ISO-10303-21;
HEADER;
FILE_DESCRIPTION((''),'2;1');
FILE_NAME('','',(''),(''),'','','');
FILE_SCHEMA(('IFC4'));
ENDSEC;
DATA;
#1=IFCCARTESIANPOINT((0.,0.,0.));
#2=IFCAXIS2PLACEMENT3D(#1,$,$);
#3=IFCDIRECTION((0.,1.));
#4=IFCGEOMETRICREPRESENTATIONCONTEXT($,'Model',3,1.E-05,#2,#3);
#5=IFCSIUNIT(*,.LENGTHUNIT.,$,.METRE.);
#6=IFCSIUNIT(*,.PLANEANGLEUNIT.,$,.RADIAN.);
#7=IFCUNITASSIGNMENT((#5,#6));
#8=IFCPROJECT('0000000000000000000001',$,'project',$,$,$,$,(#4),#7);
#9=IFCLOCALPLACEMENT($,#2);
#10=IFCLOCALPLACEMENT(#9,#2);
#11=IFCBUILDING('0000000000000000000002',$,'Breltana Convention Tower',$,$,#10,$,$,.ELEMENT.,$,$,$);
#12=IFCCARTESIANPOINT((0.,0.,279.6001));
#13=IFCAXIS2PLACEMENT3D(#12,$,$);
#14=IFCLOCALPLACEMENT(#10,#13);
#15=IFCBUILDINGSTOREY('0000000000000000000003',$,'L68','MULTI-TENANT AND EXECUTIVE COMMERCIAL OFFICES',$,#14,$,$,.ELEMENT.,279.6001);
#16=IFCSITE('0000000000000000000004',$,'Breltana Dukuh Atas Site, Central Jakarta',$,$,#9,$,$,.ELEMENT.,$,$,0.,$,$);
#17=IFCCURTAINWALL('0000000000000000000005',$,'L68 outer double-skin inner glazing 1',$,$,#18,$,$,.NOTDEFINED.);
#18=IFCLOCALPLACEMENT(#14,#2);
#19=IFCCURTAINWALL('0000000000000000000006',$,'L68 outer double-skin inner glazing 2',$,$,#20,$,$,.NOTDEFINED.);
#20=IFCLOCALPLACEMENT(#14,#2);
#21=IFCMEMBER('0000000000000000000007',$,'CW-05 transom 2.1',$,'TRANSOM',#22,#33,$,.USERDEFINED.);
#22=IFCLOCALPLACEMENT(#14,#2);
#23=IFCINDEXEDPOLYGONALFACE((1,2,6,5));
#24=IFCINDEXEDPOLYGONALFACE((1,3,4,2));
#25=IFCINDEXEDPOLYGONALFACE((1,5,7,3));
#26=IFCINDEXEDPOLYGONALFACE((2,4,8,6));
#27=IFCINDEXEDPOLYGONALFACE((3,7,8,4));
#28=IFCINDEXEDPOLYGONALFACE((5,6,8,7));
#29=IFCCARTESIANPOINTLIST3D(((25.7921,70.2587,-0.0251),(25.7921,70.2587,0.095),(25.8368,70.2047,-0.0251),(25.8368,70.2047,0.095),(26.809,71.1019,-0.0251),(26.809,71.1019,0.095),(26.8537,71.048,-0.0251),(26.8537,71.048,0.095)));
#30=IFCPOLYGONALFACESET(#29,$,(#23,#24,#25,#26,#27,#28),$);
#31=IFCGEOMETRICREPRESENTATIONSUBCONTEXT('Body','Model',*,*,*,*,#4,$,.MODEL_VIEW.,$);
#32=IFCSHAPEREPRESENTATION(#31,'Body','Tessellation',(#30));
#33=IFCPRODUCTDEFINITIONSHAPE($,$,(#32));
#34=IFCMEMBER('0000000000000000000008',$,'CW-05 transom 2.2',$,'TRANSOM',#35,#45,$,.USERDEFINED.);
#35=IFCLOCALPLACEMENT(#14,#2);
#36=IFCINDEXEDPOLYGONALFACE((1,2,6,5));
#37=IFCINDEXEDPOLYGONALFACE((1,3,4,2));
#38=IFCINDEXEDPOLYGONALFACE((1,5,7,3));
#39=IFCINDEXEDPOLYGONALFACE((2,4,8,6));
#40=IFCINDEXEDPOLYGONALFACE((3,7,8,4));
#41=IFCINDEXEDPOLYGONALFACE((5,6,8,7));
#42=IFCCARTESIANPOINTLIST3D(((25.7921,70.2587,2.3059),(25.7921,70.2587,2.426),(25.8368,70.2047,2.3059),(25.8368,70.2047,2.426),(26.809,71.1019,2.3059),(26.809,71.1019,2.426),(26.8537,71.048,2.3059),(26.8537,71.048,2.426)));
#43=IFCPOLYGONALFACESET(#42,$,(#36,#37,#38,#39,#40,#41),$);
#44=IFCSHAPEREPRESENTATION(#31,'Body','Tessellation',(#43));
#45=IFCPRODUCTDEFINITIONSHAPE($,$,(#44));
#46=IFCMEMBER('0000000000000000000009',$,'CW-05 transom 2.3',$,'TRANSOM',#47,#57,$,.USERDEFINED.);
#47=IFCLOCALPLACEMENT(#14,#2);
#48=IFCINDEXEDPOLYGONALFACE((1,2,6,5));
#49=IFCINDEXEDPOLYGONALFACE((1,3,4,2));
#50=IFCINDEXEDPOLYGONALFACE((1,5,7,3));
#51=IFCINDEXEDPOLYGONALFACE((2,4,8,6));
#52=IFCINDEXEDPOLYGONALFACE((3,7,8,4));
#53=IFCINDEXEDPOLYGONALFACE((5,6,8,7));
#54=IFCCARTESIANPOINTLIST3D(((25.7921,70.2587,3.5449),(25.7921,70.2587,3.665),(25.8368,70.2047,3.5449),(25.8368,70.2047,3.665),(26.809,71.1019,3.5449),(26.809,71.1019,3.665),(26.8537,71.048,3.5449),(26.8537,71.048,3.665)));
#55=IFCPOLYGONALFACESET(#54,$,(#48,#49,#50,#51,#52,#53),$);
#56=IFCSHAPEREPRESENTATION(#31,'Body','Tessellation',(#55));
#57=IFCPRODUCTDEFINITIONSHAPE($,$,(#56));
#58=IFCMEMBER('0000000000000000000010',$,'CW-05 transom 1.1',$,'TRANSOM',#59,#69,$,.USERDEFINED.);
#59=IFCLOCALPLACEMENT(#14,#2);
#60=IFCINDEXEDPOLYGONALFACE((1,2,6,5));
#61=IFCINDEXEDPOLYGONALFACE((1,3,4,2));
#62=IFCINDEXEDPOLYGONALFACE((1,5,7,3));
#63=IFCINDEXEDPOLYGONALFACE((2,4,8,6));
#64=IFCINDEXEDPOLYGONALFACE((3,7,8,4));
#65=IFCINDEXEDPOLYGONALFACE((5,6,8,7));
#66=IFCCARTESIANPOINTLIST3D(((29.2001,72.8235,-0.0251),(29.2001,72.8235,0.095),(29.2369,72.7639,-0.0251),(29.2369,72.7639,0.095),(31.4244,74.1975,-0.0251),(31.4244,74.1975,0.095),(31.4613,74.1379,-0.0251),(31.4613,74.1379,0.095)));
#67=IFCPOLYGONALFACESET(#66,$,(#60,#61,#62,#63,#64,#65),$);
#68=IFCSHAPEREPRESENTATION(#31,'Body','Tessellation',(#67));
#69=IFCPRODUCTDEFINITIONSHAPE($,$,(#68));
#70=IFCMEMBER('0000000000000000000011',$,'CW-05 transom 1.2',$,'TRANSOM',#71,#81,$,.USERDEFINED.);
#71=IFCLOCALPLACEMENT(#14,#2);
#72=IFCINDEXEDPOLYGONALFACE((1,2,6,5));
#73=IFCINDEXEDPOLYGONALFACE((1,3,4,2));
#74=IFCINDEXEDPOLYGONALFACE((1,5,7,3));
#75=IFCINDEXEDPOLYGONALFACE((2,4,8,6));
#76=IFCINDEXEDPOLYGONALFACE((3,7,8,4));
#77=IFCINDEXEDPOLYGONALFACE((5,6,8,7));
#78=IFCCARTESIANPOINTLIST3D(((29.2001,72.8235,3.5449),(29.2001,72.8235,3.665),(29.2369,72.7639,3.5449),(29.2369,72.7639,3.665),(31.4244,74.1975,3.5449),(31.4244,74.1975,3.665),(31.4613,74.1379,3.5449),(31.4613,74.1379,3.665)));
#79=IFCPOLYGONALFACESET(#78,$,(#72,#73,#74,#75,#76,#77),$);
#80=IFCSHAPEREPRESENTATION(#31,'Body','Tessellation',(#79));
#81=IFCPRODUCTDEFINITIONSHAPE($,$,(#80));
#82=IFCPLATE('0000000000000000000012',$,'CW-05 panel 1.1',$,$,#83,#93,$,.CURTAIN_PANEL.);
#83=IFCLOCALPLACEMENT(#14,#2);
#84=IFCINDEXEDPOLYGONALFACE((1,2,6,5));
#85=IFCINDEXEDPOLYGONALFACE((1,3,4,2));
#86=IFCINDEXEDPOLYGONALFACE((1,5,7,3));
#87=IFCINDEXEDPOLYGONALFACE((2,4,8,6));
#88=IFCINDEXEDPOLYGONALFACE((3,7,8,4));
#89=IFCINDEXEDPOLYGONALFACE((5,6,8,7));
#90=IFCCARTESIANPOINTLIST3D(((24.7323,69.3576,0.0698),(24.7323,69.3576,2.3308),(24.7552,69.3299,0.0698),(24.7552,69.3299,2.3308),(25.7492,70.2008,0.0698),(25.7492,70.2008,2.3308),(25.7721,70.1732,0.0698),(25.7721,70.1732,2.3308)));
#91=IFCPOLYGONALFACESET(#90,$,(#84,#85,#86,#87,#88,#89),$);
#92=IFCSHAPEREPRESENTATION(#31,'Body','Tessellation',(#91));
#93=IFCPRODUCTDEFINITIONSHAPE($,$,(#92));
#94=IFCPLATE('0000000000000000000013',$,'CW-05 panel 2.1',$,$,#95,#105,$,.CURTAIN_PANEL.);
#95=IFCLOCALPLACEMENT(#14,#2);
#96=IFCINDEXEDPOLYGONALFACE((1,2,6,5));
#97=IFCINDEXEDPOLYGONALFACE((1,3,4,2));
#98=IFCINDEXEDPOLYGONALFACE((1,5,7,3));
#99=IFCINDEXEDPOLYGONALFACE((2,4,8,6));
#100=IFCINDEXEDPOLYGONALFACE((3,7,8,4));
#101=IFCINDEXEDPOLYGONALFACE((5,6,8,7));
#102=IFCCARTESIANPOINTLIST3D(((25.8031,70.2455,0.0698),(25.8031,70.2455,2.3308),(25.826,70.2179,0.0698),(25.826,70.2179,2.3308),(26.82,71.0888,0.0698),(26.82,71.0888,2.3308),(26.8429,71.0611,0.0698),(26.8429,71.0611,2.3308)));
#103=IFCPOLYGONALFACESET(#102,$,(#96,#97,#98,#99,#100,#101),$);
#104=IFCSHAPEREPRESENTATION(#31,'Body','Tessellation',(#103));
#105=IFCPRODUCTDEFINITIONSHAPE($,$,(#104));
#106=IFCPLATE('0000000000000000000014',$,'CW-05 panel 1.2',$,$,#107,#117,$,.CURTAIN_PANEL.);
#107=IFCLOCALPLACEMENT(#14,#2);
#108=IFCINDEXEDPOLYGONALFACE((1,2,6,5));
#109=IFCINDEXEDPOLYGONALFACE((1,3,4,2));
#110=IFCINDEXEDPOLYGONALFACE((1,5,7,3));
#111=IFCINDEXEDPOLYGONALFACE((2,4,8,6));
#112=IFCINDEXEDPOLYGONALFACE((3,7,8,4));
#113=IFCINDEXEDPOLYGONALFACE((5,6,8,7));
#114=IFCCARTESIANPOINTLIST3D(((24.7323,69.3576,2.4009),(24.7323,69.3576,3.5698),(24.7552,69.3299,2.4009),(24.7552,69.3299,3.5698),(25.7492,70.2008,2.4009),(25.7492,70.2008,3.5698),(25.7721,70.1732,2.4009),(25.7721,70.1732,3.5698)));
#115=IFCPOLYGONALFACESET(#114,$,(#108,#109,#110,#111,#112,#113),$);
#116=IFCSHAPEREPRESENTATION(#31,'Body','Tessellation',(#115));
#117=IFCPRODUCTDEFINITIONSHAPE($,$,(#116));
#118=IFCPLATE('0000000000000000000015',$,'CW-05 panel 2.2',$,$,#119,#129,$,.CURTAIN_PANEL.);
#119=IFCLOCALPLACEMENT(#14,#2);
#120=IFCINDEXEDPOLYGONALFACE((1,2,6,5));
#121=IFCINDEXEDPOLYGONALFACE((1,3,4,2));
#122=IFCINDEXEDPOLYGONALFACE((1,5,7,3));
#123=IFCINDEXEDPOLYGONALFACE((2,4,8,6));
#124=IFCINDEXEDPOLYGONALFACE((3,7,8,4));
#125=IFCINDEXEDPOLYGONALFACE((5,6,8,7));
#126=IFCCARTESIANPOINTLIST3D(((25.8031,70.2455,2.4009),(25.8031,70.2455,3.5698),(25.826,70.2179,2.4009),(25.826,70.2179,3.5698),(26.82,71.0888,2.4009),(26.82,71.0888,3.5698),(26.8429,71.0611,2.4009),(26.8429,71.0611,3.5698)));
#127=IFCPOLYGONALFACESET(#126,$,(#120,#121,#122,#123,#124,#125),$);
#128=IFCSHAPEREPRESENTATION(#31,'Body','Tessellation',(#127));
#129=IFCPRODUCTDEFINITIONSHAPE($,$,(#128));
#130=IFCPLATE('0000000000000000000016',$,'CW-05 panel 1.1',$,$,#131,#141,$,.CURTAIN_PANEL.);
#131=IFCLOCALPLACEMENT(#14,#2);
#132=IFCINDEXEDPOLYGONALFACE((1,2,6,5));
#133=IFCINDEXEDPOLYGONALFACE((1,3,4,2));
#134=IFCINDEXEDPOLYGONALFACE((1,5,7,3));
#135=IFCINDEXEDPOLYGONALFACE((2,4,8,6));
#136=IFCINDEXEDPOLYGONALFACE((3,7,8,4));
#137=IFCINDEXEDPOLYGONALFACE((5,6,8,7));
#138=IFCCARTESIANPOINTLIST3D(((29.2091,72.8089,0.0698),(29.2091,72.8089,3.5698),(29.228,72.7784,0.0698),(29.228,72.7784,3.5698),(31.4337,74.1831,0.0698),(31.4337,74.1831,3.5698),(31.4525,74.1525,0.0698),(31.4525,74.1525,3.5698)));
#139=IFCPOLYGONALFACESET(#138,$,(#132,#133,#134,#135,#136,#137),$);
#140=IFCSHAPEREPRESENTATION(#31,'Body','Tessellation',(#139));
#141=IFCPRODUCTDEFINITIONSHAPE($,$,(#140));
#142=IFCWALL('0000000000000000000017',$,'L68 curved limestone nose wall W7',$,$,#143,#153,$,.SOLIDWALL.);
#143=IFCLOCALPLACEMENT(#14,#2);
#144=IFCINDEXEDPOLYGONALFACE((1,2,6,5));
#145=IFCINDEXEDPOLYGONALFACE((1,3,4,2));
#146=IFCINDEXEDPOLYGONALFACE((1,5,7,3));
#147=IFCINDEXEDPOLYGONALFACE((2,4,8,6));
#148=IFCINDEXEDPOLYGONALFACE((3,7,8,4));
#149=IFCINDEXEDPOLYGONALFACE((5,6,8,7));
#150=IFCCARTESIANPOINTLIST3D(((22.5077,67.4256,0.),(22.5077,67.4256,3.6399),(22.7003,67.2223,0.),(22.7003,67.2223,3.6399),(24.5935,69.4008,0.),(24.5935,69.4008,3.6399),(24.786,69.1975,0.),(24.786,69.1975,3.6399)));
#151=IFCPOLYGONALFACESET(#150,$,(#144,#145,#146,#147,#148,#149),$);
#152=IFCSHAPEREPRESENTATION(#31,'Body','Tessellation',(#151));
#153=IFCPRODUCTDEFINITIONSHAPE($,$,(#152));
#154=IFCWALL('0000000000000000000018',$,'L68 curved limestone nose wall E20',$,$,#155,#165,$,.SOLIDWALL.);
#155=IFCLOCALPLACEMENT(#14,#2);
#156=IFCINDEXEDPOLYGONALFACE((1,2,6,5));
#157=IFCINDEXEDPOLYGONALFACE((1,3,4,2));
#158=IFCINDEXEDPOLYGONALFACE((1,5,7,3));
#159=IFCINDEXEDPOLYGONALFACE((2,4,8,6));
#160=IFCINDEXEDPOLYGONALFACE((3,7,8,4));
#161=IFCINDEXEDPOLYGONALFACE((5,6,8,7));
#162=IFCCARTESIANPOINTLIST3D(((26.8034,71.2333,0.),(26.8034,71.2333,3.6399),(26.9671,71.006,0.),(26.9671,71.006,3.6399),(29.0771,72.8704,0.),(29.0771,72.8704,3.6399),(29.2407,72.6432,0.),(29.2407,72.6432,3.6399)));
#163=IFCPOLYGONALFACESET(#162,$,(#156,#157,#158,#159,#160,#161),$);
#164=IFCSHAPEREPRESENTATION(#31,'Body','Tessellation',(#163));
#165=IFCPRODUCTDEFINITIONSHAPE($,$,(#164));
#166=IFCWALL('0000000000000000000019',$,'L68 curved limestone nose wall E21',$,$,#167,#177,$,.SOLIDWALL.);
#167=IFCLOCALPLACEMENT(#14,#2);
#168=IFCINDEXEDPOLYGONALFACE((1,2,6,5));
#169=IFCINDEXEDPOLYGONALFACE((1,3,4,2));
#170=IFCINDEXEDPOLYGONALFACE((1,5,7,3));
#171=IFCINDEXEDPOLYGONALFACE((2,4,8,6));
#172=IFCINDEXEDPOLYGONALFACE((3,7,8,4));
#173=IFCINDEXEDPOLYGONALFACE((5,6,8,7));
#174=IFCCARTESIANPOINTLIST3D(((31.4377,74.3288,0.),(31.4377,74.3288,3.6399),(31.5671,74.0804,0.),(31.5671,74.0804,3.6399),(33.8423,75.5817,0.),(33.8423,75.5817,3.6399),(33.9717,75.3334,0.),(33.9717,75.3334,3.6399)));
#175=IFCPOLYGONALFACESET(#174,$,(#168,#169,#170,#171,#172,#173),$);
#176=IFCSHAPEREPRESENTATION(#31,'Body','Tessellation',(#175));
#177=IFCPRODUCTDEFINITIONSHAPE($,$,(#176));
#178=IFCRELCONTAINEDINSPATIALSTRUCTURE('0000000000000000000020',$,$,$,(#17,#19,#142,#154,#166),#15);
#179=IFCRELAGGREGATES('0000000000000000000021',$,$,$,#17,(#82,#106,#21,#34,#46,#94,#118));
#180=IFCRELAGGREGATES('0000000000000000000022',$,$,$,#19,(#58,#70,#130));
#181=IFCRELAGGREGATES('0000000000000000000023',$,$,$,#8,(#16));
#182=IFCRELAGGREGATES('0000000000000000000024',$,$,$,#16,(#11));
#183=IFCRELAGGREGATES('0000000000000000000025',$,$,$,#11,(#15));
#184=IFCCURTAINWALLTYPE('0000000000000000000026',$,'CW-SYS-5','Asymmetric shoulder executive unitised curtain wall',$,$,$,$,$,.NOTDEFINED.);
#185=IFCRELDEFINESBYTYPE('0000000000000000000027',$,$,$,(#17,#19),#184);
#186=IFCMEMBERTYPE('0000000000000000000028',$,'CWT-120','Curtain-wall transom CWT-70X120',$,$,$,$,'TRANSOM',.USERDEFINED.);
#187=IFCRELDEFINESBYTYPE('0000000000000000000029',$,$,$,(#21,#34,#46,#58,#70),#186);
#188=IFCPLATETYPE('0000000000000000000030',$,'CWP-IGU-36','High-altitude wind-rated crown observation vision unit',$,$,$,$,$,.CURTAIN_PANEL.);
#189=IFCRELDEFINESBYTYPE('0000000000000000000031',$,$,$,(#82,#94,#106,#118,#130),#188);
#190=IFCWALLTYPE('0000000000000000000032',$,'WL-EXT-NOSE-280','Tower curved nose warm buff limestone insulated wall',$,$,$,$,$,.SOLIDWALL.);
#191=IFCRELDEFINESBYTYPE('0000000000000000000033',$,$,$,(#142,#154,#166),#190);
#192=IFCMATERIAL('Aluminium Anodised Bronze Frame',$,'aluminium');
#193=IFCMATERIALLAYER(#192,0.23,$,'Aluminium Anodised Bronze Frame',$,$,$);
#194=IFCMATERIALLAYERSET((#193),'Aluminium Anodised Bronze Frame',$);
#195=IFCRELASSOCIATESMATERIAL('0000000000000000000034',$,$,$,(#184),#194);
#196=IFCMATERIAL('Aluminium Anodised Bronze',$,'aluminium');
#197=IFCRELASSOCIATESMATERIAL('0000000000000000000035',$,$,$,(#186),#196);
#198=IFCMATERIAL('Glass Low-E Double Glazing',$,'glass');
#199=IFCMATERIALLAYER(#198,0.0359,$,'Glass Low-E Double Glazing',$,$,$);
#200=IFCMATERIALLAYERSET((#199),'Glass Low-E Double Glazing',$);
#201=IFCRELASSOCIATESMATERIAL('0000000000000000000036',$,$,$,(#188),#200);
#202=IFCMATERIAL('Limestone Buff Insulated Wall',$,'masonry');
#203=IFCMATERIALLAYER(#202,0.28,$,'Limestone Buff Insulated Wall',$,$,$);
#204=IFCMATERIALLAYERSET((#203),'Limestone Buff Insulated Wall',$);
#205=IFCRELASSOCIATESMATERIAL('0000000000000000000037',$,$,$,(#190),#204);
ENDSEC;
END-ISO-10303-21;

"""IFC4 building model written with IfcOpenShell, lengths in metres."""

from ifc_helpers import new_model, si_unit, direction, frame, frame_2d, origin, origin_2d, place, context, subcontext, project, spatial, rectangle, extrude, source, transform, mapped, material, layer, layer_set, material_profile, profile_set, type_object, element, aggregate, save


model = new_model("IFC4")

# Units and contexts
model_context = context("Model", 3, precision=1e-05, world=origin(), true_north=direction((0.0, 1.0)))
body_context = subcontext(model_context, "Body", "Model", "MODEL_VIEW")
ifc_project = project(units=[si_unit("LENGTHUNIT", "METRE"), si_unit("PLANEANGLEUNIT", "RADIAN")], contexts=[model_context])

# Site, building, storey
site_placement = place(None, origin())
site = spatial("IfcSite", under=ifc_project, at=site_placement, Name="Breltana Dukuh Atas Site, Central Jakarta", CompositionType="ELEMENT", RefElevation=0.0)
building_placement = place(site_placement, origin())
building = spatial("IfcBuilding", under=site, at=building_placement, Name="Breltana Convention Tower", CompositionType="ELEMENT")
storey_placement = place(building_placement, frame((0.0, 0.0, 279.6001)))
storey = spatial("IfcBuildingStorey", under=building, at=storey_placement, Name="L68", Description="MULTI-TENANT AND EXECUTIVE COMMERCIAL OFFICES", CompositionType="ELEMENT", Elevation=279.6001)

# Curtain walls
ifc_material_1 = material(Name="Aluminium Anodised Bronze Frame", Category="aluminium")
ifc_layer_1 = layer(ifc_material_1, 0.23, Name="Aluminium Anodised Bronze Frame")
ifc_layer_set_1 = layer_set([ifc_layer_1], Name="Aluminium Anodised Bronze Frame")
curtain_wall_type = type_object("IfcCurtainWallType", Name="CW-SYS-5", Description="Asymmetric shoulder executive unitised curtain wall", PredefinedType="NOTDEFINED", material=ifc_layer_set_1)
curtain_wall_1_placement = place(storey_placement, origin())
curtain_wall_1 = element("IfcCurtainWall", 1, at=curtain_wall_1_placement, inside=storey, type_object=curtain_wall_type, Name="L68 outer double-skin inner glazing 1", PredefinedType="NOTDEFINED")
ifc_material_2 = material(Name="Aluminium Anodised Bronze", Category="aluminium")
curtain_wall_2_placement = place(storey_placement, origin())
curtain_wall_2 = element("IfcCurtainWall", 2, at=curtain_wall_2_placement, inside=storey, type_object=curtain_wall_type, Name="L68 outer double-skin inner glazing 2", PredefinedType="NOTDEFINED")

# Members
ifc_material_profile_1 = material_profile(ifc_material_2, rectangle(XDim=0.0701, YDim=0.1201, at=origin_2d()), Name="CWT-70X120")
ifc_profile_set_1 = profile_set([ifc_material_profile_1], Name="Aluminium Anodised Bronze")
member_type_1 = type_object("IfcMemberType", Name="CWT-120", Description="Curtain-wall transom CWT-70X120", ElementType="TRANSOM", PredefinedType="USERDEFINED", material=ifc_profile_set_1)
shared_shape_1 = source(origin(), body_context, "Body", "SweptSolid", [
    extrude(rectangle(XDim=0.0701, YDim=0.1201, at=origin_2d()), origin(), (0.0, 0.0, 1.0), 1.321),
])
member_1_placement = place(storey_placement, frame((25.8145, 70.2317, 0.0349), z_axis=(0.769749, 0.638347, 0.0), x_axis=(-0.638347, 0.769749, 0.0)))
member_1 = element("IfcMember", 3, at=member_1_placement, type_object=member_type_1, Name="CW-05 transom 2.1", ObjectType="TRANSOM", PredefinedType="USERDEFINED", context=body_context, shape_type="MappedRepresentation", body=[
    mapped(shared_shape_1, transform((0.0, 0.0, 0.0), scale=1.0)),
])
member_2_placement = place(storey_placement, frame((25.8145, 70.2317, 2.366), z_axis=(0.769749, 0.638347, 0.0), x_axis=(-0.638347, 0.769749, 0.0)))
member_2 = element("IfcMember", 4, at=member_2_placement, type_object=member_type_1, Name="CW-05 transom 2.2", ObjectType="TRANSOM", PredefinedType="USERDEFINED", context=body_context, shape_type="MappedRepresentation", body=[
    mapped(shared_shape_1, transform((0.0, 0.0, 0.0), scale=1.0)),
])
member_3_placement = place(storey_placement, frame((25.8145, 70.2317, 3.605), z_axis=(0.769749, 0.638347, 0.0), x_axis=(-0.638347, 0.769749, 0.0)))
member_3 = element("IfcMember", 5, at=member_3_placement, type_object=member_type_1, Name="CW-05 transom 2.3", ObjectType="TRANSOM", PredefinedType="USERDEFINED", context=body_context, shape_type="MappedRepresentation", body=[
    mapped(shared_shape_1, transform((0.0, 0.0, 0.0), scale=1.0)),
])
shared_shape_2 = source(origin(), body_context, "Body", "SweptSolid", [
    extrude(rectangle(XDim=0.0701, YDim=0.1201, at=origin_2d()), origin(), (0.0, 0.0, 1.0), 2.6145),
])
member_4_placement = place(storey_placement, frame((29.2185, 72.7937, 0.0349), z_axis=(0.850772, 0.525535, 0.0), x_axis=(-0.525535, 0.850772, 0.0)))
member_4 = element("IfcMember", 6, at=member_4_placement, type_object=member_type_1, Name="CW-05 transom 1.1", ObjectType="TRANSOM", PredefinedType="USERDEFINED", context=body_context, shape_type="MappedRepresentation", body=[
    mapped(shared_shape_2, transform((0.0, 0.0, 0.0), scale=1.0)),
])
member_5_placement = place(storey_placement, frame((29.2185, 72.7937, 3.605), z_axis=(0.850772, 0.525535, 0.0), x_axis=(-0.525535, 0.850772, 0.0)))
member_5 = element("IfcMember", 7, at=member_5_placement, type_object=member_type_1, Name="CW-05 transom 1.2", ObjectType="TRANSOM", PredefinedType="USERDEFINED", context=body_context, shape_type="MappedRepresentation", body=[
    mapped(shared_shape_2, transform((0.0, 0.0, 0.0), scale=1.0)),
])

# Plates
ifc_material_3 = material(Name="Glass Low-E Double Glazing", Category="glass")
ifc_layer_2 = layer(ifc_material_3, 0.0359, Name="Glass Low-E Double Glazing")
ifc_layer_set_2 = layer_set([ifc_layer_2], Name="Glass Low-E Double Glazing")
plate_type = type_object("IfcPlateType", Name="CWP-IGU-36", Description="High-altitude wind-rated crown observation vision unit", PredefinedType="CURTAIN_PANEL", material=ifc_layer_set_2)
shared_shape_3 = source(origin(), body_context, "Body", "SweptSolid", [
    extrude(rectangle(XDim=1.321, YDim=0.0359, at=origin_2d()), origin(), (0.0, 0.0, 1.0), 2.261),
])
plate_1_placement = place(storey_placement, frame((25.2522, 69.7654, 0.0698), z_axis=(0.0, 0.0, 1.0), x_axis=(0.769771, 0.63832, 0.0)))
plate_1 = element("IfcPlate", 8, at=plate_1_placement, type_object=plate_type, Name="CW-05 panel 1.1", PredefinedType="CURTAIN_PANEL", context=body_context, shape_type="MappedRepresentation", body=[
    mapped(shared_shape_3, transform((0.0, 0.0, 0.0), scale=1.0)),
])
plate_2_placement = place(storey_placement, frame((26.323, 70.6533, 0.0698), z_axis=(0.0, 0.0, 1.0), x_axis=(0.769771, 0.63832, 0.0)))
plate_2 = element("IfcPlate", 9, at=plate_2_placement, type_object=plate_type, Name="CW-05 panel 2.1", PredefinedType="CURTAIN_PANEL", context=body_context, shape_type="MappedRepresentation", body=[
    mapped(shared_shape_3, transform((0.0, 0.0, 0.0), scale=1.0)),
])
shared_shape_4 = source(origin(), body_context, "Body", "SweptSolid", [
    extrude(rectangle(XDim=1.321, YDim=0.0359, at=origin_2d()), origin(), (0.0, 0.0, 1.0), 1.1689),
])
plate_3_placement = place(storey_placement, frame((25.2522, 69.7654, 2.4009), z_axis=(0.0, 0.0, 1.0), x_axis=(0.769771, 0.63832, 0.0)))
plate_3 = element("IfcPlate", 10, at=plate_3_placement, type_object=plate_type, Name="CW-05 panel 1.2", PredefinedType="CURTAIN_PANEL", context=body_context, shape_type="MappedRepresentation", body=[
    mapped(shared_shape_4, transform((0.0, 0.0, 0.0), scale=1.0)),
])
plate_4_placement = place(storey_placement, frame((26.323, 70.6533, 2.4009), z_axis=(0.0, 0.0, 1.0), x_axis=(0.769771, 0.63832, 0.0)))
plate_4 = element("IfcPlate", 11, at=plate_4_placement, type_object=plate_type, Name="CW-05 panel 2.2", PredefinedType="CURTAIN_PANEL", context=body_context, shape_type="MappedRepresentation", body=[
    mapped(shared_shape_4, transform((0.0, 0.0, 0.0), scale=1.0)),
])
aggregate(curtain_wall_1, [plate_1, plate_3, member_1, member_2, member_3, plate_2, plate_4])
shared_shape_5 = source(origin(), body_context, "Body", "SweptSolid", [
    extrude(rectangle(XDim=2.6147, YDim=0.0359, at=origin_2d()), origin(), (0.0, 0.0, 1.0), 3.5),
])
plate_5_placement = place(storey_placement, frame((30.3308, 73.4807, 0.0698), z_axis=(0.0, 0.0, 1.0), x_axis=(0.850768, 0.525541, 0.0)))
plate_5 = element("IfcPlate", 12, at=plate_5_placement, type_object=plate_type, Name="CW-05 panel 1.1", PredefinedType="CURTAIN_PANEL", context=body_context, shape_type="MappedRepresentation", body=[
    mapped(shared_shape_5, transform((0.0, 0.0, 0.0), scale=1.0)),
])
aggregate(curtain_wall_2, [member_4, member_5, plate_5])

# Walls
ifc_material_4 = material(Name="Limestone Buff Insulated Wall", Category="masonry")
ifc_layer_3 = layer(ifc_material_4, 0.28, Name="Limestone Buff Insulated Wall")
ifc_layer_set_3 = layer_set([ifc_layer_3], Name="Limestone Buff Insulated Wall")
wall_type = type_object("IfcWallType", Name="WL-EXT-NOSE-280", Description="Tower curved nose warm buff limestone insulated wall", PredefinedType="SOLIDWALL", material=ifc_layer_set_3)
shared_shape_6 = source(origin(), body_context, "Body", "SweptSolid", [
    extrude(rectangle(XDim=2.8726, YDim=0.28, at=frame_2d((1.4363, 0.0))), origin(), (0.0, 0.0, 1.0), 3.6399),
])
wall_1_placement = place(storey_placement, frame((22.604, 67.324, 0.0), z_axis=(0.0, 0.0, 1.0), x_axis=(0.726096, 0.687594, 0.0)))
element("IfcWall", 13, at=wall_1_placement, inside=storey, type_object=wall_type, Name="L68 curved limestone nose wall W7", PredefinedType="SOLIDWALL", context=body_context, shape_type="MappedRepresentation", body=[
    mapped(shared_shape_6, transform((0.0, 0.0, 0.0), scale=1.0)),
])
shared_shape_7 = source(origin(), body_context, "Body", "SweptSolid", [
    extrude(rectangle(XDim=2.8018, YDim=0.28, at=frame_2d((1.4009, 0.0))), origin(), (0.0, 0.0, 1.0), 3.6399),
])
wall_2_placement = place(storey_placement, frame((26.8853, 71.1196, 0.0), z_axis=(0.0, 0.0, 1.0), x_axis=(0.811508, 0.584341, 0.0)))
element("IfcWall", 14, at=wall_2_placement, inside=storey, type_object=wall_type, Name="L68 curved limestone nose wall E20", PredefinedType="SOLIDWALL", context=body_context, shape_type="MappedRepresentation", body=[
    mapped(shared_shape_7, transform((0.0, 0.0, 0.0), scale=1.0)),
])
shared_shape_8 = source(origin(), body_context, "Body", "SweptSolid", [
    extrude(rectangle(XDim=2.7114, YDim=0.28, at=frame_2d((1.3557, 0.0))), origin(), (0.0, 0.0, 1.0), 3.6399),
])
wall_3_placement = place(storey_placement, frame((31.5024, 74.2046, 0.0), z_axis=(0.0, 0.0, 1.0), x_axis=(0.886829, 0.462098, 0.0)))
element("IfcWall", 15, at=wall_3_placement, inside=storey, type_object=wall_type, Name="L68 curved limestone nose wall E21", PredefinedType="SOLIDWALL", context=body_context, shape_type="MappedRepresentation", body=[
    mapped(shared_shape_8, transform((0.0, 0.0, 0.0), scale=1.0)),
])

save(model, "model.ifc")
